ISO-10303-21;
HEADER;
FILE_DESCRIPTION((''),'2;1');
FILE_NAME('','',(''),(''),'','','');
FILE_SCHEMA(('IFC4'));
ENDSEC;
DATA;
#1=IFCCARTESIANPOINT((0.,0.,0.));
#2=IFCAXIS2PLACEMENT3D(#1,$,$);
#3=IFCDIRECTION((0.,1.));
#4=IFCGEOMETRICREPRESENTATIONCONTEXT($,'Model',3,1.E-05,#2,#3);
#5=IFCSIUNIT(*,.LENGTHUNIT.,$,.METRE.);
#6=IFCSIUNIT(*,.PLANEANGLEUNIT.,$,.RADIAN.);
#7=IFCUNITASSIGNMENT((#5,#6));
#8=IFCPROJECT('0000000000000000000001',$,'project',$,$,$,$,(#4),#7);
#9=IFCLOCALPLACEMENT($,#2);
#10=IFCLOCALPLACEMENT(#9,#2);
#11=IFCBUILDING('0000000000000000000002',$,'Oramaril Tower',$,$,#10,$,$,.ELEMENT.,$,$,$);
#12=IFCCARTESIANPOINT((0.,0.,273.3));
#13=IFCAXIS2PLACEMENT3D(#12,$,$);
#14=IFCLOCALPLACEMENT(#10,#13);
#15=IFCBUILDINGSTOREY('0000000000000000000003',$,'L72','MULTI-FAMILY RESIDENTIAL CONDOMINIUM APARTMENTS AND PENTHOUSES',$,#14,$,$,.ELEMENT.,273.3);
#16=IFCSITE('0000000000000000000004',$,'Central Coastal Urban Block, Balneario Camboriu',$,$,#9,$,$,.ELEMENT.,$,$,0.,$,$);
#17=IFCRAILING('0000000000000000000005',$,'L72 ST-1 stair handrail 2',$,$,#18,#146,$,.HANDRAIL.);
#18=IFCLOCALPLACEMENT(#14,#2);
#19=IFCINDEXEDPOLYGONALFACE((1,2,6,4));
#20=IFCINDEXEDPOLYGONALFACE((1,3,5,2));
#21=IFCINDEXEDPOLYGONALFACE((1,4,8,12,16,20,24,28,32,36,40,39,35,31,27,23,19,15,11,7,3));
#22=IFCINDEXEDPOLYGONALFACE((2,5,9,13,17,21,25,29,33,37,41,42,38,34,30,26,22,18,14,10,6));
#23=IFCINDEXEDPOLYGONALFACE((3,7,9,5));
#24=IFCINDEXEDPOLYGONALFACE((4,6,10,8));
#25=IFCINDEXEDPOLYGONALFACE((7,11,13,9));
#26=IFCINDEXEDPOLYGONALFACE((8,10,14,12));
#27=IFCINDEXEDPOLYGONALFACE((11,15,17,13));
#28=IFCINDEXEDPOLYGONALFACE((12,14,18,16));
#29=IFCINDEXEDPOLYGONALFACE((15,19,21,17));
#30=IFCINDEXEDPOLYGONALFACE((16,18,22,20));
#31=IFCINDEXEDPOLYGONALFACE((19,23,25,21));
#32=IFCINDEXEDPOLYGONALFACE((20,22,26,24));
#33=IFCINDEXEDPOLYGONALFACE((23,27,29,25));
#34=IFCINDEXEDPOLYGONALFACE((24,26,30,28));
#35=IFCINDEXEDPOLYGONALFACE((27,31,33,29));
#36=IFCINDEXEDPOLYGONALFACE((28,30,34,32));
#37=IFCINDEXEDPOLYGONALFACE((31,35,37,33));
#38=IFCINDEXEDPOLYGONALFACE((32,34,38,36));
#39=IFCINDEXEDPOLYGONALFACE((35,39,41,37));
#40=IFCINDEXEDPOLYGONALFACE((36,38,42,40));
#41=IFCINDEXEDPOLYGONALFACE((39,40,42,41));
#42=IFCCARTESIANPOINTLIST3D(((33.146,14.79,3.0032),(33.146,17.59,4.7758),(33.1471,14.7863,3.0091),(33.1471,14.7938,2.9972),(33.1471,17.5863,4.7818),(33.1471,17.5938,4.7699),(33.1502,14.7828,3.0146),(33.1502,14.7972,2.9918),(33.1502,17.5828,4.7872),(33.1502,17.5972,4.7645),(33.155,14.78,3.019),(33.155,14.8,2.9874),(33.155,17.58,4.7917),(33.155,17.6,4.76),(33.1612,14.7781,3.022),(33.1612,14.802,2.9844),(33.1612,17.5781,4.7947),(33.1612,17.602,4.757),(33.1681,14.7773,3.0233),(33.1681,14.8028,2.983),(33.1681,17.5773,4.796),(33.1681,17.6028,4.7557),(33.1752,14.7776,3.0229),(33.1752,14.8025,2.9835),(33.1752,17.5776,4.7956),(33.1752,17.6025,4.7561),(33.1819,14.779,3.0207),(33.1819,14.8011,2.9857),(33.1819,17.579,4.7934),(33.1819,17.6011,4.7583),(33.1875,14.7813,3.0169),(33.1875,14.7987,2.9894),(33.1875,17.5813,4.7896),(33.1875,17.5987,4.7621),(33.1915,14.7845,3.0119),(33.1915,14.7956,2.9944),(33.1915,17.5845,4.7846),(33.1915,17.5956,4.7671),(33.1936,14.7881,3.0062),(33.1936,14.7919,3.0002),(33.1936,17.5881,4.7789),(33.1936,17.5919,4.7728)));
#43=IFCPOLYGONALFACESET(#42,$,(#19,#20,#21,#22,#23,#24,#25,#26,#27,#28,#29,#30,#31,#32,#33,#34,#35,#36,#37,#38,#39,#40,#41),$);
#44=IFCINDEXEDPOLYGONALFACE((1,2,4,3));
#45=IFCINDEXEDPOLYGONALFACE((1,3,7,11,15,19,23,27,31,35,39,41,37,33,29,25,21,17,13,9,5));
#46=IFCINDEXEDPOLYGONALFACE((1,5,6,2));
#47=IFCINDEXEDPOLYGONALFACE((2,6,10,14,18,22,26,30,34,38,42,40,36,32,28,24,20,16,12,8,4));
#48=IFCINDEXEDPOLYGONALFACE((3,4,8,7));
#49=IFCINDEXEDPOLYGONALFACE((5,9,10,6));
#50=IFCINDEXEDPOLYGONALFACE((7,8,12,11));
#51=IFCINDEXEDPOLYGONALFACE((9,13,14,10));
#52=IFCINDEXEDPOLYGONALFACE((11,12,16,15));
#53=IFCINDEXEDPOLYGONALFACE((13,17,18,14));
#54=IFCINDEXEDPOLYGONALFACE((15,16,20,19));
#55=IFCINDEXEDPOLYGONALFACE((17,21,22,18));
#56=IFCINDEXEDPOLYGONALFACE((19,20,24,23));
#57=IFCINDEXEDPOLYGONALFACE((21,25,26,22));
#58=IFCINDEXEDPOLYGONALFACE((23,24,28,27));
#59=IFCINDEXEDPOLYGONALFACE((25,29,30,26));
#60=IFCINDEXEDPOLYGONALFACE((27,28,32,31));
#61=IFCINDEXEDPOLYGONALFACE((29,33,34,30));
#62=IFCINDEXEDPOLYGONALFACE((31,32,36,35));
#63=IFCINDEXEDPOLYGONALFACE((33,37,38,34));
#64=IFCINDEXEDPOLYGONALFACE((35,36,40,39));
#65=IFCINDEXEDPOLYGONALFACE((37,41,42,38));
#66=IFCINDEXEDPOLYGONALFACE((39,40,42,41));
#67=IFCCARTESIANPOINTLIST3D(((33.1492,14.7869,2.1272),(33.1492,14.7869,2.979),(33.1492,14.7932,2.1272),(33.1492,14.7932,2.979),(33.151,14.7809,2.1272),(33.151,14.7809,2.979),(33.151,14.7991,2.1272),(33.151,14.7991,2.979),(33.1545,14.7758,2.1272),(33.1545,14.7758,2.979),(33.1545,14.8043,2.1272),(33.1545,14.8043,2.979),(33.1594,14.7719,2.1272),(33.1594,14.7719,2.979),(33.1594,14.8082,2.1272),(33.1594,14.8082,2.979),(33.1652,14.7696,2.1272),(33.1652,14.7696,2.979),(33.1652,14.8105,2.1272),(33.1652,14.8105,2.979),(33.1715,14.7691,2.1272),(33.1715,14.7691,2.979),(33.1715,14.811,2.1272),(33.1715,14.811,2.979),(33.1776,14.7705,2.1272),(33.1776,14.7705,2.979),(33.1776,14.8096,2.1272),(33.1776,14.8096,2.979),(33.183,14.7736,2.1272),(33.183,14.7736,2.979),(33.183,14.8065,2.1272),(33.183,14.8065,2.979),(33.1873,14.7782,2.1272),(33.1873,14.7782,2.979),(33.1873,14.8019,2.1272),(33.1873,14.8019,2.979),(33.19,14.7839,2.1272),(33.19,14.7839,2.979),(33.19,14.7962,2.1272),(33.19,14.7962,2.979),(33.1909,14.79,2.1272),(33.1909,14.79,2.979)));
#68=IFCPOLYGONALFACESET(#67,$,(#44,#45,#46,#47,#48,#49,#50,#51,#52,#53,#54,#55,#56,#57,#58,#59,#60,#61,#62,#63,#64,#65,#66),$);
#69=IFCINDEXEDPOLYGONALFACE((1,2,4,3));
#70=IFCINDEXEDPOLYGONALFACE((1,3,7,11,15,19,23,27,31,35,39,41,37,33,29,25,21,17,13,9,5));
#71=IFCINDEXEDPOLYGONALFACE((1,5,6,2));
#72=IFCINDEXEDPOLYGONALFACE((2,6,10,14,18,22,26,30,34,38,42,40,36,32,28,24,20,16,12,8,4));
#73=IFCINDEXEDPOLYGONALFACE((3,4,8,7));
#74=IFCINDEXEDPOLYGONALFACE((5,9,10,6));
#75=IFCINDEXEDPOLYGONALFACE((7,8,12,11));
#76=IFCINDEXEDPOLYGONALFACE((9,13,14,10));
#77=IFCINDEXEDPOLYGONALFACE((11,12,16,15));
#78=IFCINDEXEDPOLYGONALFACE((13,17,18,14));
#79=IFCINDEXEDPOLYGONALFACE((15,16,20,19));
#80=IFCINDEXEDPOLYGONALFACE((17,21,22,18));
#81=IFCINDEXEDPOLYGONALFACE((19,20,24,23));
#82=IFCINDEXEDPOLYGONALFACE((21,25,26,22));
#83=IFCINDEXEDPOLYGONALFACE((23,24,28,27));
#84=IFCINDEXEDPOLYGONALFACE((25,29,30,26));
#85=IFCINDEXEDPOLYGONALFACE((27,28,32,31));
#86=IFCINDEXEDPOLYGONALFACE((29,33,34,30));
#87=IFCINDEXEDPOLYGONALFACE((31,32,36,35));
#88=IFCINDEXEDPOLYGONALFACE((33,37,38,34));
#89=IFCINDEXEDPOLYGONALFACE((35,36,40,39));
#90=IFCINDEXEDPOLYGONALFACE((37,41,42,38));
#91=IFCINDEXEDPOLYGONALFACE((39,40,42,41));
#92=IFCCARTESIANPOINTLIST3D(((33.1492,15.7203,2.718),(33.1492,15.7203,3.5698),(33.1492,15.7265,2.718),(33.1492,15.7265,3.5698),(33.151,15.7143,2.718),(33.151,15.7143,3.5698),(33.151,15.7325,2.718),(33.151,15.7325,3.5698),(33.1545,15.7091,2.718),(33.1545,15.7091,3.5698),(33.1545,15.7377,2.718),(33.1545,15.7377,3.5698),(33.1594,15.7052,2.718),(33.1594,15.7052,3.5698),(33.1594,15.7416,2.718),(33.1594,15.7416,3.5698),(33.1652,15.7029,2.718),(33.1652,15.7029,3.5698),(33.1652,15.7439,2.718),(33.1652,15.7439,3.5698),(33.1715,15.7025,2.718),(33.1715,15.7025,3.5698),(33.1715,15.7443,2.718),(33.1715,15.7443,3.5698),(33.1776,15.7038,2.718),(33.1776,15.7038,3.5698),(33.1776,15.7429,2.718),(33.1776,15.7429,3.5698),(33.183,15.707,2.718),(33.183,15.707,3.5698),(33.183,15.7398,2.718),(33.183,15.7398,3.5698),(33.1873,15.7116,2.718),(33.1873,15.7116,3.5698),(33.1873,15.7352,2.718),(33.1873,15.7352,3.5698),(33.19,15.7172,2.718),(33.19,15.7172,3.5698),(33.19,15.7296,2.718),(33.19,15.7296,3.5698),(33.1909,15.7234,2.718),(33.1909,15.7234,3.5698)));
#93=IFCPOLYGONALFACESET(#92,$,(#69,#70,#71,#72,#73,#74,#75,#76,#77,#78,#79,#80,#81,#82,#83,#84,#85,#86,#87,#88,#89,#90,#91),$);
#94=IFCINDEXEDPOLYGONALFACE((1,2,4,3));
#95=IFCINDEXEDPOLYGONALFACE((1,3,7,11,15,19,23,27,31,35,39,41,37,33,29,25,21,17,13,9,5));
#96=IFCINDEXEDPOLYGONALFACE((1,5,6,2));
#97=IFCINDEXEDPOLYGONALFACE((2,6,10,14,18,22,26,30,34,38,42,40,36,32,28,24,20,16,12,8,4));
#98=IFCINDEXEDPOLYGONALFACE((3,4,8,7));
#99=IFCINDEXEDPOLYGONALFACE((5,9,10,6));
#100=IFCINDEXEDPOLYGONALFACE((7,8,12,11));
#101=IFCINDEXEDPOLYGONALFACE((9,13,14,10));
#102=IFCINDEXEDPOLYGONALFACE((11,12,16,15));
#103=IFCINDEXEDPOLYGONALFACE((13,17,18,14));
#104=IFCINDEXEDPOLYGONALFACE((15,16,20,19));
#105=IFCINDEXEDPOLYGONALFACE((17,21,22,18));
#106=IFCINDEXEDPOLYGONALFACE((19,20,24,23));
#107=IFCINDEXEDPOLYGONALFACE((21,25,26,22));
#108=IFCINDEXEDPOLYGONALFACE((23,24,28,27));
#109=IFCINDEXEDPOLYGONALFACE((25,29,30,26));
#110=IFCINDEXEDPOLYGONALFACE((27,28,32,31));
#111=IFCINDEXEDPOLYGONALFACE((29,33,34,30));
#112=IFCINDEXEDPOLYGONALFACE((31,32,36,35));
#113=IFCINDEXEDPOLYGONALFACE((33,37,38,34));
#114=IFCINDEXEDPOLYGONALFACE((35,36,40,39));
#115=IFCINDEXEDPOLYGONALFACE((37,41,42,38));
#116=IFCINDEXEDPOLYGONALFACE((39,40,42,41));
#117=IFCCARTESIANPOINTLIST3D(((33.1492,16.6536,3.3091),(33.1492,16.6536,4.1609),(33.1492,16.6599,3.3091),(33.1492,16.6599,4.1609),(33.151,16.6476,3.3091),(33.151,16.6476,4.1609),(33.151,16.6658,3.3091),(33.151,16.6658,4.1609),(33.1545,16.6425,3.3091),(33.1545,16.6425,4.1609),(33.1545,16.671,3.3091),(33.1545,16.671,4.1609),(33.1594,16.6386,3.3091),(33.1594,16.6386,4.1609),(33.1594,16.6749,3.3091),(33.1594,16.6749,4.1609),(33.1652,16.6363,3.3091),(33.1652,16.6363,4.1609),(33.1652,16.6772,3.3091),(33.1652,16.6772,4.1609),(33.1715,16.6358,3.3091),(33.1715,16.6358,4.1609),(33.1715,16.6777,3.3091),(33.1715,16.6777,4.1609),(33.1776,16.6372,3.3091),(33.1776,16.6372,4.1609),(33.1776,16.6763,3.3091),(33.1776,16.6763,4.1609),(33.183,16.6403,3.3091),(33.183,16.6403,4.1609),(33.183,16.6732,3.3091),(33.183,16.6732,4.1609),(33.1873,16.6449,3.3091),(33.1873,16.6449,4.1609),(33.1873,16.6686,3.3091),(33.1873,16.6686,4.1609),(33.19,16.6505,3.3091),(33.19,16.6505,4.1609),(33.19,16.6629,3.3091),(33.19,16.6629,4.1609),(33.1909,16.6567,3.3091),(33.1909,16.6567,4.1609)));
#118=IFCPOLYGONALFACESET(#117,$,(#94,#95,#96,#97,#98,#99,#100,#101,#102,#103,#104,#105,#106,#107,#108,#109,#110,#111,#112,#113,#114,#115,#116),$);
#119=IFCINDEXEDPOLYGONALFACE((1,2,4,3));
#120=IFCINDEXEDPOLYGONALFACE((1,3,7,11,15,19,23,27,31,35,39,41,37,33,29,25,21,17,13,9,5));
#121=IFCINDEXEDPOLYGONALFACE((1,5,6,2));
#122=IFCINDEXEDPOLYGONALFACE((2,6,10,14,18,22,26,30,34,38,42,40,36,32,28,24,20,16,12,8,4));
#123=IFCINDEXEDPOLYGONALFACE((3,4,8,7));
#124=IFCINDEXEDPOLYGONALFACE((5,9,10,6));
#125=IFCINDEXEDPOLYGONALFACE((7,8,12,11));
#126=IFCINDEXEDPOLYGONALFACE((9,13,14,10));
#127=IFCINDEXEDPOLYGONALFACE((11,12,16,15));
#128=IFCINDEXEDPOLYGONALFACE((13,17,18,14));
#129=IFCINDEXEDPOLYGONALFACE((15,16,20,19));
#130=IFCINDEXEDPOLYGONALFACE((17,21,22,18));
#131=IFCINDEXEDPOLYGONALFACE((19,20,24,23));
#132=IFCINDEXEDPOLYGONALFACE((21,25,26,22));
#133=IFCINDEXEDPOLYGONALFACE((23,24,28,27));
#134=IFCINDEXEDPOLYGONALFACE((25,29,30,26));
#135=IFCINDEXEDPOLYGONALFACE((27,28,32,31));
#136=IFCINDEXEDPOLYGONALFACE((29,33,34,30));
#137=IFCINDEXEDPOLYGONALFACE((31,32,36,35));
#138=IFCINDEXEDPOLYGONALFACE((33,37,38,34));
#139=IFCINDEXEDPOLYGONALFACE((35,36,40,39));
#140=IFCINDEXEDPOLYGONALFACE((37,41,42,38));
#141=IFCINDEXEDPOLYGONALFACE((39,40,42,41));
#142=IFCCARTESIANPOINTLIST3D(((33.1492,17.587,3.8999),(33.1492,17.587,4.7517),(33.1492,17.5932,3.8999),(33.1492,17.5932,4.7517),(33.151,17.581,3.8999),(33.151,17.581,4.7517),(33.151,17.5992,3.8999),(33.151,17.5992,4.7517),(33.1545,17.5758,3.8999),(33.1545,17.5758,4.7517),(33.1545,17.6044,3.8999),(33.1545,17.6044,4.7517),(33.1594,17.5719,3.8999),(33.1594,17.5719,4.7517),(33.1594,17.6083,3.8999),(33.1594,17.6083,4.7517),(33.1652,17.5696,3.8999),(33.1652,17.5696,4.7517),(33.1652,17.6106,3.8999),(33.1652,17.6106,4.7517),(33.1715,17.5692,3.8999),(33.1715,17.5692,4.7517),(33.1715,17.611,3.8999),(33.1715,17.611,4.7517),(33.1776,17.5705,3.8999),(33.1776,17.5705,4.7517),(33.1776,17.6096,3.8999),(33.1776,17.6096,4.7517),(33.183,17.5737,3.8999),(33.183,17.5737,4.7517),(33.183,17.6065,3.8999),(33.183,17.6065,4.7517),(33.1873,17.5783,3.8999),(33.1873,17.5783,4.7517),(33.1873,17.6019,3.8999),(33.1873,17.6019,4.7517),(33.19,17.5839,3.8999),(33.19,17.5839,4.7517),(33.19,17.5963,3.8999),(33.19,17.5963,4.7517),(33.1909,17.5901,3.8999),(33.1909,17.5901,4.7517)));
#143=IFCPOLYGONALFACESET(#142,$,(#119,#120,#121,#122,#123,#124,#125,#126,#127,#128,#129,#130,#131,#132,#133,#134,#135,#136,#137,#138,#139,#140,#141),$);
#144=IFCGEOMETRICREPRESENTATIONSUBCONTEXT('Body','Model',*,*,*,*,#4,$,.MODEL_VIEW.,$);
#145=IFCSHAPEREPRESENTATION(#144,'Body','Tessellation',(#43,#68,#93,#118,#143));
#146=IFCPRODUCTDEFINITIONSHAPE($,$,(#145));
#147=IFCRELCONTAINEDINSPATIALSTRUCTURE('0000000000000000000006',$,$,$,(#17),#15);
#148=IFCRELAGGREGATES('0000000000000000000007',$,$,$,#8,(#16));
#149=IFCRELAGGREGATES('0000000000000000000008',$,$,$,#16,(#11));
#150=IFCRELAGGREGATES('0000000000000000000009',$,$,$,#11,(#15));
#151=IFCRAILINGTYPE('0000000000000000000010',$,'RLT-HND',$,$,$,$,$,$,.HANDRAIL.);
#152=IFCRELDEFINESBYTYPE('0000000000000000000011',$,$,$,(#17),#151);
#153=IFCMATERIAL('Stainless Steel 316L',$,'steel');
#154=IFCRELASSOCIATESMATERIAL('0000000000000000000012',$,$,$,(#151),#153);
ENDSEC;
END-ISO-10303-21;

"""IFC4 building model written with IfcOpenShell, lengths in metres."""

from ifc_helpers import new_model, si_unit, direction, frame, origin, origin_2d, place, context, subcontext, project, spatial, circle, extrude, material, type_object, element, save


model = new_model("IFC4")

# Units and contexts
model_context = context("Model", 3, precision=1e-05, world=origin(), true_north=direction((0.0, 1.0)))
body_context = subcontext(model_context, "Body", "Model", "MODEL_VIEW")
ifc_project = project(units=[si_unit("LENGTHUNIT", "METRE"), si_unit("PLANEANGLEUNIT", "RADIAN")], contexts=[model_context])

# Site, building, storey
site_placement = place(None, origin())
site = spatial("IfcSite", under=ifc_project, at=site_placement, Name="Central Coastal Urban Block, Balneario Camboriu", CompositionType="ELEMENT", RefElevation=0.0)
building_placement = place(site_placement, origin())
building = spatial("IfcBuilding", under=site, at=building_placement, Name="Oramaril Tower", CompositionType="ELEMENT")
storey_placement = place(building_placement, frame((0.0, 0.0, 273.3)))
storey = spatial("IfcBuildingStorey", under=building, at=storey_placement, Name="L72", Description="MULTI-FAMILY RESIDENTIAL CONDOMINIUM APARTMENTS AND PENTHOUSES", CompositionType="ELEMENT", Elevation=273.3)

# Railing
ifc_material_1 = material(Name="Stainless Steel 316L", Category="steel")
railing_type_1 = type_object("IfcRailingType", Name="RLT-HND", PredefinedType="HANDRAIL", material=ifc_material_1)
railing_1_placement = place(storey_placement, frame((33.1699, 14.79, 2.1272)))
element("IfcRailing", 1, at=railing_1_placement, inside=storey, type_object=railing_type_1, Name="L72 ST-1 stair handrail 2", PredefinedType="HANDRAIL", context=body_context, shape_type="SweptSolid", body=[
    extrude(circle(Radius=0.0239, at=origin_2d()), frame((0.0, 0.0, 0.876), z_axis=(0.0, 0.844909, 0.53491), x_axis=(-1.0, 0.0, 0.0)), (0.0, 0.0, 1.0), 3.314),
    extrude(circle(Radius=0.021, at=origin_2d()), origin(), (0.0, 0.0, 1.0), 0.8518),
    extrude(circle(Radius=0.021, at=origin_2d()), frame((0.0, 0.9333, 0.5908)), (0.0, 0.0, 1.0), 0.8518),
    extrude(circle(Radius=0.021, at=origin_2d()), frame((0.0, 1.8667, 1.1819)), (0.0, 0.0, 1.0), 0.8518),
    extrude(circle(Radius=0.021, at=origin_2d()), frame((0.0, 2.8, 1.7727)), (0.0, 0.0, 1.0), 0.8518),
])

save(model, "model.ifc")
